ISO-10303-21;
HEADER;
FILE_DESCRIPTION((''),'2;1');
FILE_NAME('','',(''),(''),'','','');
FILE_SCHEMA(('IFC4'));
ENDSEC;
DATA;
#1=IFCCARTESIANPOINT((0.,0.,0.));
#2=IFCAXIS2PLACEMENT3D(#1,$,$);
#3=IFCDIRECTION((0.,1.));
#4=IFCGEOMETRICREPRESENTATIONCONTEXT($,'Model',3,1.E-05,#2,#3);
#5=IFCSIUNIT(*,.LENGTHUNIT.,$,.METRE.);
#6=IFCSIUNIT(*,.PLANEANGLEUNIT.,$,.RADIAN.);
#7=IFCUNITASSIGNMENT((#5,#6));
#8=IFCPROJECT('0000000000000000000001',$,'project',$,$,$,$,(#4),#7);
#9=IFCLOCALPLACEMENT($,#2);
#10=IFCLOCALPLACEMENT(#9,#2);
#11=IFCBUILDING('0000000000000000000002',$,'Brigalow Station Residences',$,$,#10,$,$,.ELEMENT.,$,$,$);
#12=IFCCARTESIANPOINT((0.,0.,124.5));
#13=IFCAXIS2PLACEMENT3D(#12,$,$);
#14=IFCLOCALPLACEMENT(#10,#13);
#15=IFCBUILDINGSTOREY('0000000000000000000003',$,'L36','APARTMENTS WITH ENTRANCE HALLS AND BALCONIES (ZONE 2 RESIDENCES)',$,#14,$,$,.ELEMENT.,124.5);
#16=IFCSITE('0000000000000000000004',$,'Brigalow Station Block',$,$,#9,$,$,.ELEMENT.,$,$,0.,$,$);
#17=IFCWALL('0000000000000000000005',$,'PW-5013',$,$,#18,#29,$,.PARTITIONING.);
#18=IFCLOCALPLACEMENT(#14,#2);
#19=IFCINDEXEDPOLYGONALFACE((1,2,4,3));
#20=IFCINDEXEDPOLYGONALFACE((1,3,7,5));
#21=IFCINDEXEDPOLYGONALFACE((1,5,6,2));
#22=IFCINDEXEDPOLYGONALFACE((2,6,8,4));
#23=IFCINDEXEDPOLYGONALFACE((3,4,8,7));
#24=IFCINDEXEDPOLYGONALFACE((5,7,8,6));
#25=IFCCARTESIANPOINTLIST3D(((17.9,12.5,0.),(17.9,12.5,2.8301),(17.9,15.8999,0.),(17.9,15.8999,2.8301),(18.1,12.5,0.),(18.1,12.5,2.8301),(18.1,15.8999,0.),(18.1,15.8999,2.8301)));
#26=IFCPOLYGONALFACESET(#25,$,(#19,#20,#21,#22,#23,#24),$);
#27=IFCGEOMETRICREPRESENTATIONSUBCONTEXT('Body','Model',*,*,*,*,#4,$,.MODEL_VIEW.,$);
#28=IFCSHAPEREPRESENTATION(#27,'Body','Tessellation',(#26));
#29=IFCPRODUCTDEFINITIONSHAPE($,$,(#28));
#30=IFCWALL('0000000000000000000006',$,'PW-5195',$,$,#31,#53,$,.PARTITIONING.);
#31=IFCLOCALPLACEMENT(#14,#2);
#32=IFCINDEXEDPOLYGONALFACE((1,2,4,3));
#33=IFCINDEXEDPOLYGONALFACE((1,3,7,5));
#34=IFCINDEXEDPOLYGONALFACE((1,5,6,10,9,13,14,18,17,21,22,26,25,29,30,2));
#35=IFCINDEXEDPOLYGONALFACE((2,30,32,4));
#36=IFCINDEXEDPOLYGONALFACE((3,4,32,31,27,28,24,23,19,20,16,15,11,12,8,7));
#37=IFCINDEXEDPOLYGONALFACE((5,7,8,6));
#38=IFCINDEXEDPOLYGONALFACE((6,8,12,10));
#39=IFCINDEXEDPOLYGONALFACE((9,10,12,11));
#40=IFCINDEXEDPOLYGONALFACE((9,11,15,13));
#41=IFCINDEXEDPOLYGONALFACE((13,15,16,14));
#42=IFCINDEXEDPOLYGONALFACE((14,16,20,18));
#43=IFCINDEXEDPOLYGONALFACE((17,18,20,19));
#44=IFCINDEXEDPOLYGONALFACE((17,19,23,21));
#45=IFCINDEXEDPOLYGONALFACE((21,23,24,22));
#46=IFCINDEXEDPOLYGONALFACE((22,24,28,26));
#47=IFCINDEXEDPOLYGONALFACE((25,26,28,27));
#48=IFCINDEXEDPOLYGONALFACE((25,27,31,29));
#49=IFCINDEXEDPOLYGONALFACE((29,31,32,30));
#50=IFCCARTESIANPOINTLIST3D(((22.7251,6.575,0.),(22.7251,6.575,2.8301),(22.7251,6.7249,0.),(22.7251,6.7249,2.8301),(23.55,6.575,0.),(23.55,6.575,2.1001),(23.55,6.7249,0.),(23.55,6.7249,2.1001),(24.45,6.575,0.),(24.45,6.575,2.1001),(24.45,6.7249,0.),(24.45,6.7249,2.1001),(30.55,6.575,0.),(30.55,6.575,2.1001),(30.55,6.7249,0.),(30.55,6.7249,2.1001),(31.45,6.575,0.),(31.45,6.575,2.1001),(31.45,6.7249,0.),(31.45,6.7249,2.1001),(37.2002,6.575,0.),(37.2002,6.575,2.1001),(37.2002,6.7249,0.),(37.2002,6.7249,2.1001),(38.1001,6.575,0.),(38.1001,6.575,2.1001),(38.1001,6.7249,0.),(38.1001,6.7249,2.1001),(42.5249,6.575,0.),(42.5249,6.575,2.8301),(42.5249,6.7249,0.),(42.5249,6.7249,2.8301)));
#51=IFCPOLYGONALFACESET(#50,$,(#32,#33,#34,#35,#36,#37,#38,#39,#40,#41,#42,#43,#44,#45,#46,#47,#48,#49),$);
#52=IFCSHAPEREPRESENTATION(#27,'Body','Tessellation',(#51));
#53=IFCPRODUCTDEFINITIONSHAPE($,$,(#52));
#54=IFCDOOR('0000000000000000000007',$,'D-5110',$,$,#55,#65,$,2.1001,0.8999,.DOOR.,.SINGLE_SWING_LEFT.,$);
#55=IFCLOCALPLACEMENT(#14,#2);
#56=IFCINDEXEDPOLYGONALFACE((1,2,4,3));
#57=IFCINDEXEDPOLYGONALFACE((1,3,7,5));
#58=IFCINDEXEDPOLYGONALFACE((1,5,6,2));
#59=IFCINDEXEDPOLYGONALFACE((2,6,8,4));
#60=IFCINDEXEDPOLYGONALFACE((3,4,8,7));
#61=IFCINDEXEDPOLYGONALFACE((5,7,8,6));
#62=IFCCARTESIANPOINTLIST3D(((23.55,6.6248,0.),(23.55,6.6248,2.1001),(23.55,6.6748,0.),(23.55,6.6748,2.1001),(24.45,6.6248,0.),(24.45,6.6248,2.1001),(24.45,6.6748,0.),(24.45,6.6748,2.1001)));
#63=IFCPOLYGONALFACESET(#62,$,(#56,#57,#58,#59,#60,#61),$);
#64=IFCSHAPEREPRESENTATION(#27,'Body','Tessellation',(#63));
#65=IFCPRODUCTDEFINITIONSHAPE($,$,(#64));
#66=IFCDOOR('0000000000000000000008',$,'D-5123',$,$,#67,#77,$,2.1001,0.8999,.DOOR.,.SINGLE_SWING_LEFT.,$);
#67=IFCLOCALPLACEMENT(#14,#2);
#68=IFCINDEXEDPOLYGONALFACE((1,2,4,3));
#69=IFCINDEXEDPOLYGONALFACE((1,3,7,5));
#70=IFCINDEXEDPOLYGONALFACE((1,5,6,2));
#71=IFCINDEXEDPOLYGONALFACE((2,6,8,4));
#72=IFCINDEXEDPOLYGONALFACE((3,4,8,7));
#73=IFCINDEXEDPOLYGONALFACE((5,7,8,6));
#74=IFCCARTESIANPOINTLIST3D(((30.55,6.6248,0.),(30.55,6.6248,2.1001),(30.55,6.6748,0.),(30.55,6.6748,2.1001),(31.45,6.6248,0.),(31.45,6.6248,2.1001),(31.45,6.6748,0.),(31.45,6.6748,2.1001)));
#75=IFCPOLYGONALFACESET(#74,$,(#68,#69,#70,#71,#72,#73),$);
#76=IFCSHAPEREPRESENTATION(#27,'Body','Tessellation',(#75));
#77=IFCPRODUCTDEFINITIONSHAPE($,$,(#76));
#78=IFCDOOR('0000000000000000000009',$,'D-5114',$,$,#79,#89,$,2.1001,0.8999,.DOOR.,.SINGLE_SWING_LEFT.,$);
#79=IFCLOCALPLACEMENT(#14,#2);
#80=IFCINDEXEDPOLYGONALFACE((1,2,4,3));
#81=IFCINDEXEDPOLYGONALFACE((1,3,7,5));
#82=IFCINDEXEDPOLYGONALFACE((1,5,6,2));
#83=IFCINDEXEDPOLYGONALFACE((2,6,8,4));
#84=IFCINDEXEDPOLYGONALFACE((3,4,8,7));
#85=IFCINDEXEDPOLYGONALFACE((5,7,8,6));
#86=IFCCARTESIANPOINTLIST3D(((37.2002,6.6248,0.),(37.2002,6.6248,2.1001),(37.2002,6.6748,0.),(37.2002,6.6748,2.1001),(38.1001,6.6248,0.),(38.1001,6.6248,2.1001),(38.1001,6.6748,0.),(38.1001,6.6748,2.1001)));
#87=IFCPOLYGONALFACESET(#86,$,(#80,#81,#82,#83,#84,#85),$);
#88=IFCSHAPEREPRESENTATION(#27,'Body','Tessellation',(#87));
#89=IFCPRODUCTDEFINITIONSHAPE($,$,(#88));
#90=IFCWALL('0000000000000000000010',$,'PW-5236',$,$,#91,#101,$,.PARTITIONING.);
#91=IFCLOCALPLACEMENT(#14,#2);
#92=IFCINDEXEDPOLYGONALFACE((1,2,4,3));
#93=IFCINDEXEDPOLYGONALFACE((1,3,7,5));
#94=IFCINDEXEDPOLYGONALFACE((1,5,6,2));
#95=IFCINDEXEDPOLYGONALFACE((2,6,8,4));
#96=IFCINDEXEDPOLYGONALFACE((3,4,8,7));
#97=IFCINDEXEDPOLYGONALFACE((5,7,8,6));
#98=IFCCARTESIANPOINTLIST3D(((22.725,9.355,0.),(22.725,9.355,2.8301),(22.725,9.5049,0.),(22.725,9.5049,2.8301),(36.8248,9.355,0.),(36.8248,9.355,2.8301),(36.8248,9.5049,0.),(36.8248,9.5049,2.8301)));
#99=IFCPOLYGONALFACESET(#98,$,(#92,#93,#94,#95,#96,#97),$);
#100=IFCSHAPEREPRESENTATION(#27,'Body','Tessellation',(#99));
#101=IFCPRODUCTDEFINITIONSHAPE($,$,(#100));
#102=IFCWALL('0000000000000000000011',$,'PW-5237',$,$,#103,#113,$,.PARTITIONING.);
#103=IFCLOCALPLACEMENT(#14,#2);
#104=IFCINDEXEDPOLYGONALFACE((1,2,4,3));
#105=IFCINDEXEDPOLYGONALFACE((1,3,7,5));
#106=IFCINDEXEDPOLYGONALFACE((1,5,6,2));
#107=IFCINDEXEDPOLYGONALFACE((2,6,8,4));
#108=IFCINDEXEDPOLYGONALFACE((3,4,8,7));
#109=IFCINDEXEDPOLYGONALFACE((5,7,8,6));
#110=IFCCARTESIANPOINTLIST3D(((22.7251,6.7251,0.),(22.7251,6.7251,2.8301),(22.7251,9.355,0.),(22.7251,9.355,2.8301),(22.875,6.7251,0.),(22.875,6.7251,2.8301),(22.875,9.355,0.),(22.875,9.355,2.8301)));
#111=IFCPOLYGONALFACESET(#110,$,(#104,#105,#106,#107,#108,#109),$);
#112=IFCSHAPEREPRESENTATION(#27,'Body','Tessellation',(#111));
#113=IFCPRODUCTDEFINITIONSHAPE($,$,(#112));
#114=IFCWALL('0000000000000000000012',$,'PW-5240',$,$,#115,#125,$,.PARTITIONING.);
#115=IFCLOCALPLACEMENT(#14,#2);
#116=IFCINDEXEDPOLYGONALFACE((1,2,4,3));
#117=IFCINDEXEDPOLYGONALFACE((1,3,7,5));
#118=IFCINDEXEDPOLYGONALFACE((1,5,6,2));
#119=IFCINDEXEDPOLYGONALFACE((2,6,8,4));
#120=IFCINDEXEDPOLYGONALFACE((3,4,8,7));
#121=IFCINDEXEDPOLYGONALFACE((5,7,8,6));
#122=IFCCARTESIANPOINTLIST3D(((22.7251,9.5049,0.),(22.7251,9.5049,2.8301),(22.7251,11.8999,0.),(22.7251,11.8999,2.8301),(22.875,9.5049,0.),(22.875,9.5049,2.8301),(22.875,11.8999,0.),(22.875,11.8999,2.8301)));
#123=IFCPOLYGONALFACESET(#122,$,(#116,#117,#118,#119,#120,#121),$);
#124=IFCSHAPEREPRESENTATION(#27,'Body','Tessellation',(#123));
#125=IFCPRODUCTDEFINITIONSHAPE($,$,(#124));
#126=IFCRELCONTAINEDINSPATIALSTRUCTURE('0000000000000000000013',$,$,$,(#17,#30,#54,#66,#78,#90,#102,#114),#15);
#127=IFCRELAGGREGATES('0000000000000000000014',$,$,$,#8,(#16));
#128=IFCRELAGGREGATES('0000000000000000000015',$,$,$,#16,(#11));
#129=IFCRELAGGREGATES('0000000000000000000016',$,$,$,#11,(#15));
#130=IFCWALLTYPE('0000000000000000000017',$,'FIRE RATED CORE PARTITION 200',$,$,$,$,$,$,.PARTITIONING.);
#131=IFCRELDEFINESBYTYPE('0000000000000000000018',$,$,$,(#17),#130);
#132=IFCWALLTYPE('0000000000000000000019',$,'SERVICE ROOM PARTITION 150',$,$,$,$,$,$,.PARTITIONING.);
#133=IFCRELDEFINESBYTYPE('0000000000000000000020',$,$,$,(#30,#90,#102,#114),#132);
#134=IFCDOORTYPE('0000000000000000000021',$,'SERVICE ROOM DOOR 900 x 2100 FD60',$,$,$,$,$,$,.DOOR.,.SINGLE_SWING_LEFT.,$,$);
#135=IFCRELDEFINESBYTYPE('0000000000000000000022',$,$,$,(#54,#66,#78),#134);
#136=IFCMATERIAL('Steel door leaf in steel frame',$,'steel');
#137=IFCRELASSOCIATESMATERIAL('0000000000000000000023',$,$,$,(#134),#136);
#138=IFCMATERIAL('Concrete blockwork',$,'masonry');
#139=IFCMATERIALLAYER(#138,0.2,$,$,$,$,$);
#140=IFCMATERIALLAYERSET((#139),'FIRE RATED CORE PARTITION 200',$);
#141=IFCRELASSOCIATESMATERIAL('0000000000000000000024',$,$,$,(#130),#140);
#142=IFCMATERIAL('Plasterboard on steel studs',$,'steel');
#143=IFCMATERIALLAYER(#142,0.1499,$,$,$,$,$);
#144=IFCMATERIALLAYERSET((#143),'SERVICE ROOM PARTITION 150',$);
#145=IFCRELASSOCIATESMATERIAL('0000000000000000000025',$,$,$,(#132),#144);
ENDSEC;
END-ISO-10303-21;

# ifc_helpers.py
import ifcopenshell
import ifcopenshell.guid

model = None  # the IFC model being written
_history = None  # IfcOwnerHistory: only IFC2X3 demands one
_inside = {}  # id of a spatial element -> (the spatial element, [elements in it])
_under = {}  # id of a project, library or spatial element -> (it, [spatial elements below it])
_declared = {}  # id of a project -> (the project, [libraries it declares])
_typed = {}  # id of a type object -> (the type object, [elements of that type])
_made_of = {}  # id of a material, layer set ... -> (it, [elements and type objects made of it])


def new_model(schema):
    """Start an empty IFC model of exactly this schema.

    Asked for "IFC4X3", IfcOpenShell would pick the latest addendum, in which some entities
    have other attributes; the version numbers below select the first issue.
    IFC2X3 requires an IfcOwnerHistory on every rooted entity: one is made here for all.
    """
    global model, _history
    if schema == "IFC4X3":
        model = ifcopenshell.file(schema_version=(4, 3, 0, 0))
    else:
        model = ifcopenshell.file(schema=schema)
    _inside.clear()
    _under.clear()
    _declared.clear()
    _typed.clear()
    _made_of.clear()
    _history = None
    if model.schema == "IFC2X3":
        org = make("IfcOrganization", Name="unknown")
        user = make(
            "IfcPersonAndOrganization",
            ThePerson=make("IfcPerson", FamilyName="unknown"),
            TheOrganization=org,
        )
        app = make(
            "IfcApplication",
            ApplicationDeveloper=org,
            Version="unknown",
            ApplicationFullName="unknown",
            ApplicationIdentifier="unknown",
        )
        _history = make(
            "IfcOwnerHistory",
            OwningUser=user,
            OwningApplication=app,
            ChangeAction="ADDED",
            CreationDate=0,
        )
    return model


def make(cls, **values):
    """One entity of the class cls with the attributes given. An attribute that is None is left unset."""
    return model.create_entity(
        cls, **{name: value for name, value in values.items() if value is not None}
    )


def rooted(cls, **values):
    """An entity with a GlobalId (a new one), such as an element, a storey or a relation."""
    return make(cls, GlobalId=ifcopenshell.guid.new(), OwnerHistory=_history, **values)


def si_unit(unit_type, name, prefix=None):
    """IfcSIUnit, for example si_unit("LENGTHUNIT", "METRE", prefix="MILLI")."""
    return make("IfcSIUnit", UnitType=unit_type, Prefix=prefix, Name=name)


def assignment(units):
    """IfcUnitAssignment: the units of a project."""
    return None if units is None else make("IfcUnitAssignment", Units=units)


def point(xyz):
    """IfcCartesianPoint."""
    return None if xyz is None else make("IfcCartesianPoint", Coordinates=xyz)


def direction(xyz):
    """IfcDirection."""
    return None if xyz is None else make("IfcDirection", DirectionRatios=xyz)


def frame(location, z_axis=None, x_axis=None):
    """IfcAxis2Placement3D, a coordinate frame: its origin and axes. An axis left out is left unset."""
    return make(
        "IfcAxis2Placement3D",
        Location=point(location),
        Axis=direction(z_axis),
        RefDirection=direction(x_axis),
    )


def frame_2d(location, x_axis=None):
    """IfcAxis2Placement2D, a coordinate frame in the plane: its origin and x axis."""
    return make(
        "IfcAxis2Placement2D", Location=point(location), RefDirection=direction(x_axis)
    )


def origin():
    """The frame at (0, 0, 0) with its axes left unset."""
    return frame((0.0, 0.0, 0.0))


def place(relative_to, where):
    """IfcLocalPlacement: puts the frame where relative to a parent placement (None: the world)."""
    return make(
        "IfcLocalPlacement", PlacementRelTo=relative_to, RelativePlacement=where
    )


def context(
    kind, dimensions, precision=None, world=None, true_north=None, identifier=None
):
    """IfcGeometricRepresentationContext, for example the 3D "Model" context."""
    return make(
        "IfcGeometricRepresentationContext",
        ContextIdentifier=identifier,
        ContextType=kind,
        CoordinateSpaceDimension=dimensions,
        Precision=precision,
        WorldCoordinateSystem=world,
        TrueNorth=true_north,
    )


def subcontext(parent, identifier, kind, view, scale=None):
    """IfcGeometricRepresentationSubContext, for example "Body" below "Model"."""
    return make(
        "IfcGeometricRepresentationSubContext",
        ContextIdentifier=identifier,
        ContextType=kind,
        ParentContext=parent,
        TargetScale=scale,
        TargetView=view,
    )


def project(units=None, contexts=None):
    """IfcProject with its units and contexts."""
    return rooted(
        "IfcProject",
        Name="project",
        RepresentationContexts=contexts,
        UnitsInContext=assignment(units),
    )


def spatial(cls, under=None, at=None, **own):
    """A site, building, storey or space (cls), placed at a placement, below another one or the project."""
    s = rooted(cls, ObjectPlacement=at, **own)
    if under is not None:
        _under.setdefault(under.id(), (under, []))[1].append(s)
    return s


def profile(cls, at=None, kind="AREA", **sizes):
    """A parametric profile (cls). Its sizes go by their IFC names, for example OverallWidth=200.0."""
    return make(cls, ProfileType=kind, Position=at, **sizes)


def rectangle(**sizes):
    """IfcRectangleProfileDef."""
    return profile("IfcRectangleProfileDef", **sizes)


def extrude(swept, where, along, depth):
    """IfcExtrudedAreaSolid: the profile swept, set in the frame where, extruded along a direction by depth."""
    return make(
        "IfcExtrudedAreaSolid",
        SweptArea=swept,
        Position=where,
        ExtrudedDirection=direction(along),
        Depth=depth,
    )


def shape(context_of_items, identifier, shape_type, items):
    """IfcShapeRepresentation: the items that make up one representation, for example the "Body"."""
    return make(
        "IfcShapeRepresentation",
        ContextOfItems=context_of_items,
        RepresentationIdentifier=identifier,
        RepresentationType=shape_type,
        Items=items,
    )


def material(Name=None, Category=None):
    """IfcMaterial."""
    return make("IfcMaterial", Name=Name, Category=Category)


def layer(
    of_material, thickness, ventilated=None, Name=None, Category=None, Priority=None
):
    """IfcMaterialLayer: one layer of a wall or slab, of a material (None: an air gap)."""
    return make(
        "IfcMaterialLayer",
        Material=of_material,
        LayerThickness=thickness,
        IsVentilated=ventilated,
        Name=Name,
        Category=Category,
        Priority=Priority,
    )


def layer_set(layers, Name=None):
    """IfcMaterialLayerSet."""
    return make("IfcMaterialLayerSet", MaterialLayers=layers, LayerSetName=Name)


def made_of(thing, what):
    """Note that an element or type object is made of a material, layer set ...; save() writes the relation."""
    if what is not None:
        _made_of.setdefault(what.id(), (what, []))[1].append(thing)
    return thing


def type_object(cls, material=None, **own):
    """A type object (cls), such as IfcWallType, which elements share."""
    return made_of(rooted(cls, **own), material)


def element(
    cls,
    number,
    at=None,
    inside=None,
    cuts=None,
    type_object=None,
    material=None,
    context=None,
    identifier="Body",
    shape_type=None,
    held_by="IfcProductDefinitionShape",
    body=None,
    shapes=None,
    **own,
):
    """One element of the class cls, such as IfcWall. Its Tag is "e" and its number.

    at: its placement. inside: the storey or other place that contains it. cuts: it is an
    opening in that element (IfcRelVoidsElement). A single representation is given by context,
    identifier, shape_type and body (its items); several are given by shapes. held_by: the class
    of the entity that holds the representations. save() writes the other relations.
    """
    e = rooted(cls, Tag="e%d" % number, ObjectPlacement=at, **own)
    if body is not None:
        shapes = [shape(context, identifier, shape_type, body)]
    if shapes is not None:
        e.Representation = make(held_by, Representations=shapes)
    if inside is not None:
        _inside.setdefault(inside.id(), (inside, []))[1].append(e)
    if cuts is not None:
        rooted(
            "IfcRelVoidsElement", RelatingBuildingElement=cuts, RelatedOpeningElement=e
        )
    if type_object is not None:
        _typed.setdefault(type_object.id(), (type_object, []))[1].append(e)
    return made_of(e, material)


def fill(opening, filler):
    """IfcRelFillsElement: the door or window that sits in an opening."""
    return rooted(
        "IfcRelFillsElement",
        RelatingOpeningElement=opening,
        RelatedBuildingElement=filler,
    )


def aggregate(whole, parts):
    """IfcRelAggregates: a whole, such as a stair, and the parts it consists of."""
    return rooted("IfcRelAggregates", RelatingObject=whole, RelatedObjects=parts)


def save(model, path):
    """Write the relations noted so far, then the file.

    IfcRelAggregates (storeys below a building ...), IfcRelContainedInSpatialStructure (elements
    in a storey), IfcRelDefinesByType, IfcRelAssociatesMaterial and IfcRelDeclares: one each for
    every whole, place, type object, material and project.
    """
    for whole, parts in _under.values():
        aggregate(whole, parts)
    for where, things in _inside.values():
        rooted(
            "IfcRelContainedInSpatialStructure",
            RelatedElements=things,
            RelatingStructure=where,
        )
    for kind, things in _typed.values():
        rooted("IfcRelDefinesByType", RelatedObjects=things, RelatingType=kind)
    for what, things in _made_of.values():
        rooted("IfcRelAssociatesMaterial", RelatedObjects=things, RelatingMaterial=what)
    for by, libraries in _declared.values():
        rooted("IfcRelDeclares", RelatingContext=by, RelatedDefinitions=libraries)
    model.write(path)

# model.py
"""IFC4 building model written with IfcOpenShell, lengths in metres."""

from ifc_helpers import new_model, si_unit, direction, frame, frame_2d, origin, place, context, subcontext, project, spatial, rectangle, extrude, material, layer, layer_set, type_object, element, fill, save


model = new_model("IFC4")

# Units and contexts
model_context = context("Model", 3, precision=1e-05, world=origin(), true_north=direction((0.0, 1.0)))
body_context = subcontext(model_context, "Body", "Model", "MODEL_VIEW")
ifc_project = project(units=[si_unit("LENGTHUNIT", "METRE"), si_unit("PLANEANGLEUNIT", "RADIAN")], contexts=[model_context])

# Site, building, storey
site_placement = place(None, origin())
site = spatial("IfcSite", under=ifc_project, at=site_placement, Name="Brigalow Station Block", CompositionType="ELEMENT", RefElevation=0.0)
building_placement = place(site_placement, origin())
building = spatial("IfcBuilding", under=site, at=building_placement, Name="Brigalow Station Residences", CompositionType="ELEMENT")
storey_placement = place(building_placement, frame((0.0, 0.0, 124.5)))
storey = spatial("IfcBuildingStorey", under=building, at=storey_placement, Name="L36", Description="APARTMENTS WITH ENTRANCE HALLS AND BALCONIES (ZONE 2 RESIDENCES)", CompositionType="ELEMENT", Elevation=124.5)

# Shared definitions
ifc_material_1 = material(Name="Steel door leaf in steel frame", Category="steel")
door_type_1 = type_object("IfcDoorType", Name="SERVICE ROOM DOOR 900 x 2100 FD60", OperationType="SINGLE_SWING_LEFT", PredefinedType="DOOR", material=ifc_material_1)

# Wall
ifc_material_2 = material(Name="Concrete blockwork", Category="masonry")
ifc_layer_1 = layer(ifc_material_2, 0.2)
ifc_layer_set_1 = layer_set([ifc_layer_1], Name="FIRE RATED CORE PARTITION 200")
wall_type_1 = type_object("IfcWallType", Name="FIRE RATED CORE PARTITION 200", PredefinedType="PARTITIONING", material=ifc_layer_set_1)
wall_1_placement = place(storey_placement, frame((18.0, 12.5, 0.0), z_axis=(0.0, 0.0, 1.0), x_axis=(0.0, 1.0, 0.0)))
element("IfcWall", 1, at=wall_1_placement, inside=storey, type_object=wall_type_1, Name="PW-5013", PredefinedType="PARTITIONING", context=body_context, shape_type="SweptSolid", body=[
    extrude(rectangle(XDim=3.3999, YDim=0.2, at=frame_2d((1.7, 0.0))), origin(), (0.0, 0.0, 1.0), 2.8301),
])

# Wall, openings, doors
ifc_material_3 = material(Name="Plasterboard on steel studs", Category="steel")
ifc_layer_2 = layer(ifc_material_3, 0.1499)
ifc_layer_set_2 = layer_set([ifc_layer_2], Name="SERVICE ROOM PARTITION 150")
wall_type_2 = type_object("IfcWallType", Name="SERVICE ROOM PARTITION 150", PredefinedType="PARTITIONING", material=ifc_layer_set_2)
wall_2_placement = place(storey_placement, frame((22.7251, 6.6499, 0.0), z_axis=(0.0, 0.0, 1.0), x_axis=(1.0, 0.0, 0.0)))
wall_2 = element("IfcWall", 2, at=wall_2_placement, inside=storey, type_object=wall_type_2, Name="PW-5195", PredefinedType="PARTITIONING", context=body_context, shape_type="SweptSolid", body=[
    extrude(rectangle(XDim=19.7998, YDim=0.1499, at=frame_2d((9.8999, 0.0))), origin(), (0.0, 0.0, 1.0), 2.8301),
])
opening_1_placement = place(wall_2_placement, frame((0.825, 0.0, 0.0)))
opening_1 = element("IfcOpeningElement", 3, at=opening_1_placement, cuts=wall_2, PredefinedType="OPENING", context=body_context, shape_type="SweptSolid", body=[
    extrude(rectangle(XDim=0.8999, YDim=2.1001, at=frame_2d((0.45, 1.05))), frame((0.0, 0.085, 0.0), z_axis=(0.0, -1.0, 0.0), x_axis=(1.0, 0.0, 0.0)), (0.0, 0.0, 1.0), 0.1699),
])
opening_2_placement = place(wall_2_placement, frame((7.825, 0.0, 0.0)))
opening_2 = element("IfcOpeningElement", 4, at=opening_2_placement, cuts=wall_2, PredefinedType="OPENING", context=body_context, shape_type="SweptSolid", body=[
    extrude(rectangle(XDim=0.8999, YDim=2.1001, at=frame_2d((0.45, 1.05))), frame((0.0, 0.085, 0.0), z_axis=(0.0, -1.0, 0.0), x_axis=(1.0, 0.0, 0.0)), (0.0, 0.0, 1.0), 0.1699),
])
opening_3_placement = place(wall_2_placement, frame((14.4751, 0.0, 0.0)))
opening_3 = element("IfcOpeningElement", 5, at=opening_3_placement, cuts=wall_2, PredefinedType="OPENING", context=body_context, shape_type="SweptSolid", body=[
    extrude(rectangle(XDim=0.8999, YDim=2.1001, at=frame_2d((0.45, 1.05))), frame((0.0, 0.085, 0.0), z_axis=(0.0, -1.0, 0.0), x_axis=(1.0, 0.0, 0.0)), (0.0, 0.0, 1.0), 0.1699),
])
door_1_placement = place(opening_1_placement, origin())
door_1 = element("IfcDoor", 6, at=door_1_placement, inside=storey, type_object=door_type_1, Name="D-5110", OperationType="SINGLE_SWING_LEFT", OverallHeight=2.1001, OverallWidth=0.8999, PredefinedType="DOOR", context=body_context, shape_type="SweptSolid", body=[
    extrude(rectangle(XDim=0.8999, YDim=2.1001, at=frame_2d((0.45, 1.05))), frame((0.0, 0.0249, 0.0), z_axis=(0.0, -1.0, 0.0), x_axis=(1.0, 0.0, 0.0)), (0.0, 0.0, 1.0), 0.05),
])
fill(opening_1, door_1)
door_2_placement = place(opening_2_placement, origin())
door_2 = element("IfcDoor", 7, at=door_2_placement, inside=storey, type_object=door_type_1, Name="D-5123", OperationType="SINGLE_SWING_LEFT", OverallHeight=2.1001, OverallWidth=0.8999, PredefinedType="DOOR", context=body_context, shape_type="SweptSolid", body=[
    extrude(rectangle(XDim=0.8999, YDim=2.1001, at=frame_2d((0.45, 1.05))), frame((0.0, 0.0249, 0.0), z_axis=(0.0, -1.0, 0.0), x_axis=(1.0, 0.0, 0.0)), (0.0, 0.0, 1.0), 0.05),
])
fill(opening_2, door_2)
door_3_placement = place(opening_3_placement, origin())
door_3 = element("IfcDoor", 8, at=door_3_placement, inside=storey, type_object=door_type_1, Name="D-5114", OperationType="SINGLE_SWING_LEFT", OverallHeight=2.1001, OverallWidth=0.8999, PredefinedType="DOOR", context=body_context, shape_type="SweptSolid", body=[
    extrude(rectangle(XDim=0.8999, YDim=2.1001, at=frame_2d((0.45, 1.05))), frame((0.0, 0.0249, 0.0), z_axis=(0.0, -1.0, 0.0), x_axis=(1.0, 0.0, 0.0)), (0.0, 0.0, 1.0), 0.05),
])
fill(opening_3, door_3)

# Walls
wall_3_placement = place(storey_placement, frame((22.7251, 9.4299, 0.0), z_axis=(0.0, 0.0, 1.0), x_axis=(1.0, 0.0, 0.0)))
element("IfcWall", 9, at=wall_3_placement, inside=storey, type_object=wall_type_2, Name="PW-5236", PredefinedType="PARTITIONING", context=body_context, shape_type="SweptSolid", body=[
    extrude(rectangle(XDim=14.0999, YDim=0.1499, at=frame_2d((7.0498, 0.0))), origin(), (0.0, 0.0, 1.0), 2.8301),
])
wall_4_placement = place(storey_placement, frame((22.8, 6.7251, 0.0), z_axis=(0.0, 0.0, 1.0), x_axis=(0.0, 1.0, 0.0)))
element("IfcWall", 10, at=wall_4_placement, inside=storey, type_object=wall_type_2, Name="PW-5237", PredefinedType="PARTITIONING", context=body_context, shape_type="SweptSolid", body=[
    extrude(rectangle(XDim=2.6299, YDim=0.1499, at=frame_2d((1.3149, 0.0))), origin(), (0.0, 0.0, 1.0), 2.8301),
])
wall_5_placement = place(storey_placement, frame((22.8, 9.5049, 0.0), z_axis=(0.0, 0.0, 1.0), x_axis=(0.0, 1.0, 0.0)))
element("IfcWall", 11, at=wall_5_placement, inside=storey, type_object=wall_type_2, Name="PW-5240", PredefinedType="PARTITIONING", context=body_context, shape_type="SweptSolid", body=[
    extrude(rectangle(XDim=2.395, YDim=0.1499, at=frame_2d((1.1975, 0.0))), origin(), (0.0, 0.0, 1.0), 2.8301),
])

save(model, "model.ifc")
